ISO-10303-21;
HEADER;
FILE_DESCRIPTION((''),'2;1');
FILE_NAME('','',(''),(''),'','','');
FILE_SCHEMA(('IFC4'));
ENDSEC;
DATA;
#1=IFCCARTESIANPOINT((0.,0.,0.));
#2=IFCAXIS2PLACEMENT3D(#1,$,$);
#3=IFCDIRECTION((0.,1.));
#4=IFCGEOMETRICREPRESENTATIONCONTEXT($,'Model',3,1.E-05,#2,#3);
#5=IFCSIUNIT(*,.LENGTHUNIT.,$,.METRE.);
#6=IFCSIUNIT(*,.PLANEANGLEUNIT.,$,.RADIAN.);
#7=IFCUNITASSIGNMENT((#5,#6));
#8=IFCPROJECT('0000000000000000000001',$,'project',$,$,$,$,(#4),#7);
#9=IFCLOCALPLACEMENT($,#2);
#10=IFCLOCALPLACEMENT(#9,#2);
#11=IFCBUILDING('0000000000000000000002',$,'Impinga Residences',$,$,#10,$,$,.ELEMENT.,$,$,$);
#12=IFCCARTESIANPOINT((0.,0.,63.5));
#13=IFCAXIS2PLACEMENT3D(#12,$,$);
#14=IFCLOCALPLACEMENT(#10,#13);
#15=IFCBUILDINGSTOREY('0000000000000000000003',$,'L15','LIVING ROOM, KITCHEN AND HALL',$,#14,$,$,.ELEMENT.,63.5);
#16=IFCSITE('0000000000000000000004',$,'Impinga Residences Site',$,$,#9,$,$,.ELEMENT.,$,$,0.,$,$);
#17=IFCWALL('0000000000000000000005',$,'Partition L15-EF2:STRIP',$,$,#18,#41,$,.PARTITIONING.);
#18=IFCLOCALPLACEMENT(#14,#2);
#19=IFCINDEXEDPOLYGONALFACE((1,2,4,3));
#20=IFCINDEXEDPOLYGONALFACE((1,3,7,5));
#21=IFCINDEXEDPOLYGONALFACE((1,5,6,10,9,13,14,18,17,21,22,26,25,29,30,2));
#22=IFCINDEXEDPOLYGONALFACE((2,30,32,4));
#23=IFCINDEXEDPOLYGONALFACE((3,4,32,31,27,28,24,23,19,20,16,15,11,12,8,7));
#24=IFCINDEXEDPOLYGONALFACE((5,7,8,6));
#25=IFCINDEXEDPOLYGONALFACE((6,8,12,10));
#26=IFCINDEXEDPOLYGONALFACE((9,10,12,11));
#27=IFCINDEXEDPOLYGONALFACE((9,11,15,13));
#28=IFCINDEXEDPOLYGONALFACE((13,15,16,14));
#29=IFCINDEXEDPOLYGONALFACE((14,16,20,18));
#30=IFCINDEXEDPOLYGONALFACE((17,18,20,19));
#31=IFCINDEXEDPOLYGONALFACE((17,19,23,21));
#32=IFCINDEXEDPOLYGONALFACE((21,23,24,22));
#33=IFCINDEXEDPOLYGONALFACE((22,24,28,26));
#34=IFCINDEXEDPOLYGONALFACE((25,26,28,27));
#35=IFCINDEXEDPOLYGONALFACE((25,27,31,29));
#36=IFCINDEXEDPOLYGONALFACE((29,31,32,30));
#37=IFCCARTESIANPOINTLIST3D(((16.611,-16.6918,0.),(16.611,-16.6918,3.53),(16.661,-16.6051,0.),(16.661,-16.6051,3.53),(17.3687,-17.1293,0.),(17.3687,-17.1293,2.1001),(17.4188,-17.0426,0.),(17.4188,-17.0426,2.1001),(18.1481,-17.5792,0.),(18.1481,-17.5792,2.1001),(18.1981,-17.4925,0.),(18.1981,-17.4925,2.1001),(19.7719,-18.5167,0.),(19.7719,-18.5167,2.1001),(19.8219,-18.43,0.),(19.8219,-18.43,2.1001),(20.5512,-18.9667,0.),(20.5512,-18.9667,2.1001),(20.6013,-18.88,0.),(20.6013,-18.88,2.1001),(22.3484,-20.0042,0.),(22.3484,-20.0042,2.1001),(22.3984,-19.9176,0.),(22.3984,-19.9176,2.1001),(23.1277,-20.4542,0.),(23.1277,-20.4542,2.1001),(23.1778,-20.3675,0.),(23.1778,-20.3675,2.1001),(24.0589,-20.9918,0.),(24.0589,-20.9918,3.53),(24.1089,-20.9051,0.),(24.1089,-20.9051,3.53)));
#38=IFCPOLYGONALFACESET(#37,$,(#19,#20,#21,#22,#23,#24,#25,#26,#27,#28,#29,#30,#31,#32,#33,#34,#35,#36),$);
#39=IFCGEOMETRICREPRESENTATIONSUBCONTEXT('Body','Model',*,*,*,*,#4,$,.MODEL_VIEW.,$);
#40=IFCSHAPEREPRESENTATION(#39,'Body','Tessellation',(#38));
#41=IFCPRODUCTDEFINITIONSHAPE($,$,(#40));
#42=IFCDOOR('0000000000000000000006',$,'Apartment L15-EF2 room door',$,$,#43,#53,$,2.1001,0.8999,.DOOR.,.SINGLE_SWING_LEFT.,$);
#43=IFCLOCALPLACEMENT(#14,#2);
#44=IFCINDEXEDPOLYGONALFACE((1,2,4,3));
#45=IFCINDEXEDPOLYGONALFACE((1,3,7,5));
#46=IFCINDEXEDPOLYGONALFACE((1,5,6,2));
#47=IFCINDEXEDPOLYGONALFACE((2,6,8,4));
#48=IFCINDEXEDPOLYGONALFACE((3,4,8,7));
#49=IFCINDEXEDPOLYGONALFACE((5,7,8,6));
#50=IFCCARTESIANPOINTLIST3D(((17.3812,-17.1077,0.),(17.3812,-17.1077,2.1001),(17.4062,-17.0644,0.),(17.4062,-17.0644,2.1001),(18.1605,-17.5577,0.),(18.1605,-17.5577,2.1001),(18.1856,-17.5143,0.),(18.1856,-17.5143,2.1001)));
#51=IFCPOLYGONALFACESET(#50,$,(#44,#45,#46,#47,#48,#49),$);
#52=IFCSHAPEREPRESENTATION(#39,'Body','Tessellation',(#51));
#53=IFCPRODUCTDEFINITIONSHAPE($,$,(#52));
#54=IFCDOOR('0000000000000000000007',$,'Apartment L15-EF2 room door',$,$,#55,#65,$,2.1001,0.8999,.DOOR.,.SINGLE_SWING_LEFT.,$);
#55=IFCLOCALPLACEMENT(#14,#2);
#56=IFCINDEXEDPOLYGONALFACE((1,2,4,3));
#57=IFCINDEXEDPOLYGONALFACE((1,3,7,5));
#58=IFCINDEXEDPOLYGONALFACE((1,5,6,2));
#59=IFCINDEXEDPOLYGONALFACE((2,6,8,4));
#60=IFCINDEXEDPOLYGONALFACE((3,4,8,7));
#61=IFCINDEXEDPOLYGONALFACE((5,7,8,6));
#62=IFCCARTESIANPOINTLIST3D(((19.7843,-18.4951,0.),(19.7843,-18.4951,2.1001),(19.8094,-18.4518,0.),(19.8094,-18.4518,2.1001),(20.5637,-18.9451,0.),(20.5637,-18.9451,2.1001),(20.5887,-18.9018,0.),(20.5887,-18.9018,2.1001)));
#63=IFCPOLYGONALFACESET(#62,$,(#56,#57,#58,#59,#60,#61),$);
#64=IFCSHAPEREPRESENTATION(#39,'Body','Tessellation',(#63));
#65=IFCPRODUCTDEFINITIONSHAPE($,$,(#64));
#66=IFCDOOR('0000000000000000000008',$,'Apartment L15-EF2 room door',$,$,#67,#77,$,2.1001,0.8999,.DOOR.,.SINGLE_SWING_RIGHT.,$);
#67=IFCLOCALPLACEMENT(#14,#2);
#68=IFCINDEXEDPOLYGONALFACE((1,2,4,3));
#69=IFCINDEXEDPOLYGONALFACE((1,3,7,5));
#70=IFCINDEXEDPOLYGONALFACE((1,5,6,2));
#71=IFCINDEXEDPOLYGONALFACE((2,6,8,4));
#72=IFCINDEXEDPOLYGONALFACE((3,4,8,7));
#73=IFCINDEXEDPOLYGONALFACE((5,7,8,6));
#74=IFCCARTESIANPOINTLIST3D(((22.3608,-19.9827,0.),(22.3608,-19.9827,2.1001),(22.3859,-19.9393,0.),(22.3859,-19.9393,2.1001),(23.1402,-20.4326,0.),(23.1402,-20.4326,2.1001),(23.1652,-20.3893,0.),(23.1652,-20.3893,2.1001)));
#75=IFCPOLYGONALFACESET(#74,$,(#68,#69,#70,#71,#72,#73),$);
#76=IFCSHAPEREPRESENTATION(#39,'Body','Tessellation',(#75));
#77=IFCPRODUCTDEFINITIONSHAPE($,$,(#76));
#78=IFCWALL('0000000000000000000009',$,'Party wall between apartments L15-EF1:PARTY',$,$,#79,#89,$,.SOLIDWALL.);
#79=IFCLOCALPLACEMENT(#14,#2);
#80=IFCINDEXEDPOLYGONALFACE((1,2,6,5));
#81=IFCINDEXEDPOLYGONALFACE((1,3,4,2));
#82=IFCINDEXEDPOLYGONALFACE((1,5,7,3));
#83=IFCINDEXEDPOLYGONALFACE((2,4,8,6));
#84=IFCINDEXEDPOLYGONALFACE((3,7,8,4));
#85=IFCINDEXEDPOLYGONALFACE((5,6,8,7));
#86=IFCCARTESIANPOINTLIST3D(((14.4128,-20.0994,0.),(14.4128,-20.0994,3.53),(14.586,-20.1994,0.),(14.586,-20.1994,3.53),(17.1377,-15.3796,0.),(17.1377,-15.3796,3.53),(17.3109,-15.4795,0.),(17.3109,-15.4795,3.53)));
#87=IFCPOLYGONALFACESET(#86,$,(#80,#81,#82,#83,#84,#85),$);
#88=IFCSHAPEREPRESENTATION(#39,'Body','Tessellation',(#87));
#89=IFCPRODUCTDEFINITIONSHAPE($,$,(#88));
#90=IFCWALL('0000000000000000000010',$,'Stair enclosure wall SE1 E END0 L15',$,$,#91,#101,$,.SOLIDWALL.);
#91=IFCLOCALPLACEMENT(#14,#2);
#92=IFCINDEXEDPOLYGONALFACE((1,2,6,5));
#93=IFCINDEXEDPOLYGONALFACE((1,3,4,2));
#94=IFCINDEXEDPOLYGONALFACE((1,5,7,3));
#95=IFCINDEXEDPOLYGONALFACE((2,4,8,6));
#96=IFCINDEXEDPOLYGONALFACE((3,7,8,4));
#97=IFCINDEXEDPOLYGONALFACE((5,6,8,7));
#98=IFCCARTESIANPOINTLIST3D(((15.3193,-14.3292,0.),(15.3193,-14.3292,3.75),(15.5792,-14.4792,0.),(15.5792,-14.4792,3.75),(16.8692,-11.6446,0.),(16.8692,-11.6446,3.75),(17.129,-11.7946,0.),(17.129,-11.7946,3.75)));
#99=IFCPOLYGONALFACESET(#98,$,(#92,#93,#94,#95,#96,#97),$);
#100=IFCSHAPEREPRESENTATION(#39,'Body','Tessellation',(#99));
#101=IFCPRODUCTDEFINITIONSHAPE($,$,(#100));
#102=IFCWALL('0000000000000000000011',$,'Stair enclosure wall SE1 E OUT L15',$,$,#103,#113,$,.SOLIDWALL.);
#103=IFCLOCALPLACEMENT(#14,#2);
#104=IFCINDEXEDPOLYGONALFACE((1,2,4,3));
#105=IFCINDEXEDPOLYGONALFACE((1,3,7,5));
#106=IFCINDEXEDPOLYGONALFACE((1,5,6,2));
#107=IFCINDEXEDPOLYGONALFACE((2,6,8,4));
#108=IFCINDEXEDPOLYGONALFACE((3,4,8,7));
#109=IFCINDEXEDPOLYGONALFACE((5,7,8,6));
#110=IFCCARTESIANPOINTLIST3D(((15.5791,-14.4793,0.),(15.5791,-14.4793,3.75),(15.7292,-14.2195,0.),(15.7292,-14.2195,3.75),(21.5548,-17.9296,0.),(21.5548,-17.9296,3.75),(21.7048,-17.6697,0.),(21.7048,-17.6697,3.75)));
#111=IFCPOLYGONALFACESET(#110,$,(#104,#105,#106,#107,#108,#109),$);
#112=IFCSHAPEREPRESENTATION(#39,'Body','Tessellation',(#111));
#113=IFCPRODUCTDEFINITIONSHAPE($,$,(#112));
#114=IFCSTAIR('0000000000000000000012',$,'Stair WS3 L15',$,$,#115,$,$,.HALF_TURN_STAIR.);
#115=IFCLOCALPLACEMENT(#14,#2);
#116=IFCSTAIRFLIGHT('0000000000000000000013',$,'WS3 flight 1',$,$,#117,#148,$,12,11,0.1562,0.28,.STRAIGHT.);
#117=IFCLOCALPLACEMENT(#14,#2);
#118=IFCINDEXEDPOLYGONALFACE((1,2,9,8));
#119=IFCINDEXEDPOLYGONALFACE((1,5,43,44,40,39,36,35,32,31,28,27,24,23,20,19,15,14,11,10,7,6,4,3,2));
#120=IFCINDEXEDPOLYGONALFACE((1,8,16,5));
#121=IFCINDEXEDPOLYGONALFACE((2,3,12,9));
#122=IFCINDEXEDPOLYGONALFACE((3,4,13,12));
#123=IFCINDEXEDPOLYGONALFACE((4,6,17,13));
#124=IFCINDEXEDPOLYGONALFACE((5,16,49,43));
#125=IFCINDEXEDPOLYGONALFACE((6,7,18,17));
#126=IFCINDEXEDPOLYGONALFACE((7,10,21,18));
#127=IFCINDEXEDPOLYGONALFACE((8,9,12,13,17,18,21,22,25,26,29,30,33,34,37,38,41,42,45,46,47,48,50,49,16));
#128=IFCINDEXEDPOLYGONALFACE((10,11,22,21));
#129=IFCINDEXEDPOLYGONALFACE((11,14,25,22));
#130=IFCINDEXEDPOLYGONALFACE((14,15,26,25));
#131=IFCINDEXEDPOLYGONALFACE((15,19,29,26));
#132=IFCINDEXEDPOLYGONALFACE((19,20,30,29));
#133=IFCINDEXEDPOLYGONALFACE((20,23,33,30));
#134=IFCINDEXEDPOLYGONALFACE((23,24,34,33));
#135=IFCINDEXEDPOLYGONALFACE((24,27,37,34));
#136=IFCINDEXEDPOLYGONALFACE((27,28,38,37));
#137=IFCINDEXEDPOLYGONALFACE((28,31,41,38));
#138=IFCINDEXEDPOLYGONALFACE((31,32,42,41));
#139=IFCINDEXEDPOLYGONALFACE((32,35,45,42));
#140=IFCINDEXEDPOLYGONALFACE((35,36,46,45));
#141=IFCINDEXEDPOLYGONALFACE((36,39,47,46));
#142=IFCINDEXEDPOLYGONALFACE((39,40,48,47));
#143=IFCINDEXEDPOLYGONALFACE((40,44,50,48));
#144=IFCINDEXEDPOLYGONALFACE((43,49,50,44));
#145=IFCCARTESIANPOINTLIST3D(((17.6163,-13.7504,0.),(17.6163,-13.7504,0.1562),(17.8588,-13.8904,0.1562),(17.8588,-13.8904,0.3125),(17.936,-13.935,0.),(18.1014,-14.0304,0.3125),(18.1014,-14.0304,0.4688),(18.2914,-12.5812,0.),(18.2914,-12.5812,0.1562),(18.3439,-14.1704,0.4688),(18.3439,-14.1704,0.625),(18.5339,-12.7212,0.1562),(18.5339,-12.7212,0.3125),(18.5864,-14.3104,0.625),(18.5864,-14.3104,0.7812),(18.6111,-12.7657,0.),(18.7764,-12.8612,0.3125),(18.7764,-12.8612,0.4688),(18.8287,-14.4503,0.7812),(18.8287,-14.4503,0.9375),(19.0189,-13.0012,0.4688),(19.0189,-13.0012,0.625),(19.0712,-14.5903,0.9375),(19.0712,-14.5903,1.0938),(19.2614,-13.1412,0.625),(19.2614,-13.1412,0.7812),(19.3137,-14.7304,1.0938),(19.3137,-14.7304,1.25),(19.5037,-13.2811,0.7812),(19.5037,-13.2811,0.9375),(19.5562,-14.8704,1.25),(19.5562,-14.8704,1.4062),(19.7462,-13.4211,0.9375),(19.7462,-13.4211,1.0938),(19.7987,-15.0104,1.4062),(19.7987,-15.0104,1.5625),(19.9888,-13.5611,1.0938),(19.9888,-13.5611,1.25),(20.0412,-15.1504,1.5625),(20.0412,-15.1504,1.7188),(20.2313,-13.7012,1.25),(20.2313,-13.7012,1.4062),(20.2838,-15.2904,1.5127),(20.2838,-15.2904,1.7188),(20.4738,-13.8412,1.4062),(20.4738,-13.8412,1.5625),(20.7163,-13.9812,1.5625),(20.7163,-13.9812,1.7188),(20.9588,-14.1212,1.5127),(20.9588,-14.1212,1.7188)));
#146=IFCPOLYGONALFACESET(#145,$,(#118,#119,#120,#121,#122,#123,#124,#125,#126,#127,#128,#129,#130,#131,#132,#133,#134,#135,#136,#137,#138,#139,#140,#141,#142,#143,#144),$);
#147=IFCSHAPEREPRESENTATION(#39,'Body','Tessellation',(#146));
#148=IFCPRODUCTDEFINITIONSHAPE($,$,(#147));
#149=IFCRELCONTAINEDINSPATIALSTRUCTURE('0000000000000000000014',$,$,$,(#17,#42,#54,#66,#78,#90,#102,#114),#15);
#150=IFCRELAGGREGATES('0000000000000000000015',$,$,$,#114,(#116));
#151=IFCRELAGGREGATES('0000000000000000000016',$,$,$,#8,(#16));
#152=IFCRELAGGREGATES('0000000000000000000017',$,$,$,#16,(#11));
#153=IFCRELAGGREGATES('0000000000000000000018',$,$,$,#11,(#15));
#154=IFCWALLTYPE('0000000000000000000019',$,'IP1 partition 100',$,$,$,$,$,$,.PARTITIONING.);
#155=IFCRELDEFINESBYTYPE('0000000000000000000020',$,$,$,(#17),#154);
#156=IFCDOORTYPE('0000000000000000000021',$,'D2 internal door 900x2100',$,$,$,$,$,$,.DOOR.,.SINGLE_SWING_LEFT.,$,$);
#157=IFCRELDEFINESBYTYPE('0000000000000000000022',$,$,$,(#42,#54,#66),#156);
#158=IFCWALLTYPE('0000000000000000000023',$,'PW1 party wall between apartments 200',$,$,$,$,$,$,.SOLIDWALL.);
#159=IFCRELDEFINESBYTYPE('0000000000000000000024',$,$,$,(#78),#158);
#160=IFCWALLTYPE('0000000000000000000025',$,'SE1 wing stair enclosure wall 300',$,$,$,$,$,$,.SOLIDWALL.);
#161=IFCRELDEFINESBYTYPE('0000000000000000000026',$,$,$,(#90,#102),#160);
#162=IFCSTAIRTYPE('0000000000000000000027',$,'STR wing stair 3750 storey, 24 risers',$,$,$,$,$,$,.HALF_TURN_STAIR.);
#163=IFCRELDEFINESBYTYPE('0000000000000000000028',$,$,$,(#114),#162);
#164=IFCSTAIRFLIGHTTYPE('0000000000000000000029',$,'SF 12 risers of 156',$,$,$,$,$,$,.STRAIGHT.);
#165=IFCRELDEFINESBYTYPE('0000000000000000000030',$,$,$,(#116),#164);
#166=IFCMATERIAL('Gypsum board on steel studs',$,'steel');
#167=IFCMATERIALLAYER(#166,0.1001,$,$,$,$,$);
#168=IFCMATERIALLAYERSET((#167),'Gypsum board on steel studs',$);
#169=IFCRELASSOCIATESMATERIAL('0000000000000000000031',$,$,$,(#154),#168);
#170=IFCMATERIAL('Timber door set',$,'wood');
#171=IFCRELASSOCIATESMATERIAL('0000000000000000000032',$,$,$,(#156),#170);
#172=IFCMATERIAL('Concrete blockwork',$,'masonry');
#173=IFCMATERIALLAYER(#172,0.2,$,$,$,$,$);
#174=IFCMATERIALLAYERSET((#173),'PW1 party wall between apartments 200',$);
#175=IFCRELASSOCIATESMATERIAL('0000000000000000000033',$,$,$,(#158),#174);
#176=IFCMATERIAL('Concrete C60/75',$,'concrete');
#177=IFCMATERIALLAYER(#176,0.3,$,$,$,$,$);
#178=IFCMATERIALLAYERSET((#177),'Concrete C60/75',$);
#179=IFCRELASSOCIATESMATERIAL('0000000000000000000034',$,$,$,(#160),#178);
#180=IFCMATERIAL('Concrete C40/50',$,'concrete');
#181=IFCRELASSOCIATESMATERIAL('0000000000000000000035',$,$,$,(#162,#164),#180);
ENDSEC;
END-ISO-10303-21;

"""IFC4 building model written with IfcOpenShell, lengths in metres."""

from ifc_helpers import new_model, si_unit, direction, frame, frame_2d, origin, place, context, subcontext, project, spatial, polyline, rectangle, outline, extrude, material, layer, layer_set, type_object, element, fill, aggregate, save


model = new_model("IFC4")

# Units and contexts
model_context = context("Model", 3, precision=1e-05, world=origin(), true_north=direction((0.0, 1.0)))
body_context = subcontext(model_context, "Body", "Model", "MODEL_VIEW")
ifc_project = project(units=[si_unit("LENGTHUNIT", "METRE"), si_unit("PLANEANGLEUNIT", "RADIAN")], contexts=[model_context])

# Site, building, storey
site_placement = place(None, origin())
site = spatial("IfcSite", under=ifc_project, at=site_placement, Name="Impinga Residences Site", CompositionType="ELEMENT", RefElevation=0.0)
building_placement = place(site_placement, origin())
building = spatial("IfcBuilding", under=site, at=building_placement, Name="Impinga Residences", CompositionType="ELEMENT")
storey_placement = place(building_placement, frame((0.0, 0.0, 63.5)))
storey = spatial("IfcBuildingStorey", under=building, at=storey_placement, Name="L15", Description="LIVING ROOM, KITCHEN AND HALL", CompositionType="ELEMENT", Elevation=63.5)

# Shared definitions
ifc_material_1 = material(Name="Concrete C60/75", Category="concrete")

# Shared definitions
ifc_material_2 = material(Name="Gypsum board on steel studs", Category="steel")
ifc_layer_1 = layer(ifc_material_2, 0.1001)
ifc_layer_set_1 = layer_set([ifc_layer_1], Name="Gypsum board on steel studs")
wall_type_1 = type_object("IfcWallType", Name="IP1 partition 100", PredefinedType="PARTITIONING", material=ifc_layer_set_1)

# Shared definitions
ifc_material_3 = material(Name="Timber door set", Category="wood")
door_type = type_object("IfcDoorType", Name="D2 internal door 900x2100", OperationType="SINGLE_SWING_LEFT", PredefinedType="DOOR", material=ifc_material_3)

# Wall, openings, doors
wall_1_placement = place(storey_placement, frame((16.636, -16.6484, 0.0), z_axis=(0.0, 0.0, 1.0), x_axis=(0.866028, -0.499995, 0.0)))
wall_1 = element("IfcWall", 1, at=wall_1_placement, inside=storey, type_object=wall_type_1, Name="Partition L15-EF2:STRIP", PredefinedType="PARTITIONING", context=body_context, shape_type="SweptSolid", body=[
    extrude(rectangle(XDim=8.6001, YDim=0.1001, at=frame_2d((4.3, 0.0))), origin(), (0.0, 0.0, 1.0), 3.53),
])
opening_1_placement = place(wall_1_placement, frame((0.875, 0.0, 0.0)))
opening_1 = element("IfcOpeningElement", 2, at=opening_1_placement, cuts=wall_1, PredefinedType="OPENING", context=body_context, shape_type="SweptSolid", body=[
    extrude(rectangle(XDim=0.8999, YDim=2.1001, at=frame_2d((0.45, 1.05))), frame((0.0, 0.0601, 0.0), z_axis=(0.0, -1.0, 0.0), x_axis=(1.0, 0.0, 0.0)), (0.0, 0.0, 1.0), 0.1201),
])
opening_2_placement = place(wall_1_placement, frame((3.6499, 0.0, 0.0)))
opening_2 = element("IfcOpeningElement", 3, at=opening_2_placement, cuts=wall_1, PredefinedType="OPENING", context=body_context, shape_type="SweptSolid", body=[
    extrude(rectangle(XDim=0.8999, YDim=2.1001, at=frame_2d((0.45, 1.05))), frame((0.0, 0.0601, 0.0), z_axis=(0.0, -1.0, 0.0), x_axis=(1.0, 0.0, 0.0)), (0.0, 0.0, 1.0), 0.1201),
])
opening_3_placement = place(wall_1_placement, frame((6.625, 0.0, 0.0)))
opening_3 = element("IfcOpeningElement", 4, at=opening_3_placement, cuts=wall_1, PredefinedType="OPENING", context=body_context, shape_type="SweptSolid", body=[
    extrude(rectangle(XDim=0.8999, YDim=2.1001, at=frame_2d((0.45, 1.05))), frame((0.0, 0.0601, 0.0), z_axis=(0.0, -1.0, 0.0), x_axis=(1.0, 0.0, 0.0)), (0.0, 0.0, 1.0), 0.1201),
])
door_1_placement = place(opening_1_placement, origin())
door_1 = element("IfcDoor", 5, at=door_1_placement, inside=storey, type_object=door_type, Name="Apartment L15-EF2 room door", OperationType="SINGLE_SWING_LEFT", OverallHeight=2.1001, OverallWidth=0.8999, PredefinedType="DOOR", context=body_context, shape_type="SweptSolid", body=[
    extrude(rectangle(XDim=0.8999, YDim=2.1001, at=frame_2d((0.45, 1.05))), frame((0.0, 0.0249, 0.0), z_axis=(0.0, -1.0, 0.0), x_axis=(1.0, 0.0, 0.0)), (0.0, 0.0, 1.0), 0.05),
])
fill(opening_1, door_1)
door_2_placement = place(opening_2_placement, origin())
door_2 = element("IfcDoor", 6, at=door_2_placement, inside=storey, type_object=door_type, Name="Apartment L15-EF2 room door", OperationType="SINGLE_SWING_LEFT", OverallHeight=2.1001, OverallWidth=0.8999, PredefinedType="DOOR", context=body_context, shape_type="SweptSolid", body=[
    extrude(rectangle(XDim=0.8999, YDim=2.1001, at=frame_2d((0.45, 1.05))), frame((0.0, 0.0249, 0.0), z_axis=(0.0, -1.0, 0.0), x_axis=(1.0, 0.0, 0.0)), (0.0, 0.0, 1.0), 0.05),
])
fill(opening_2, door_2)
door_3_placement = place(opening_3_placement, origin())
door_3 = element("IfcDoor", 7, at=door_3_placement, inside=storey, type_object=door_type, Name="Apartment L15-EF2 room door", OperationType="SINGLE_SWING_RIGHT", OverallHeight=2.1001, OverallWidth=0.8999, PredefinedType="DOOR", context=body_context, shape_type="SweptSolid", body=[
    extrude(rectangle(XDim=0.8999, YDim=2.1001, at=frame_2d((0.45, 1.05))), frame((0.0, 0.0249, 0.0), z_axis=(0.0, -1.0, 0.0), x_axis=(1.0, 0.0, 0.0)), (0.0, 0.0, 1.0), 0.05),
])
fill(opening_3, door_3)

# Walls
ifc_material_4 = material(Name="Concrete blockwork", Category="masonry")
ifc_layer_2 = layer(ifc_material_4, 0.2)
ifc_layer_set_2 = layer_set([ifc_layer_2], Name="PW1 party wall between apartments 200")
wall_type_2 = type_object("IfcWallType", Name="PW1 party wall between apartments 200", PredefinedType="SOLIDWALL", material=ifc_layer_set_2)
wall_2_placement = place(storey_placement, frame((17.2244, -15.4294, 0.0), z_axis=(0.0, 0.0, 1.0), x_axis=(-0.499989, -0.866032, 0.0)))
element("IfcWall", 8, at=wall_2_placement, inside=storey, type_object=wall_type_2, Name="Party wall between apartments L15-EF1:PARTY", PredefinedType="SOLIDWALL", context=body_context, shape_type="SweptSolid", body=[
    extrude(rectangle(XDim=5.45, YDim=0.2, at=frame_2d((2.7251, 0.0))), origin(), (0.0, 0.0, 1.0), 3.53),
])
ifc_layer_3 = layer(ifc_material_1, 0.3)
ifc_layer_set_3 = layer_set([ifc_layer_3], Name="Concrete C60/75")
wall_type_3 = type_object("IfcWallType", Name="SE1 wing stair enclosure wall 300", PredefinedType="SOLIDWALL", material=ifc_layer_set_3)
wall_3_placement = place(storey_placement, frame((16.999, -11.7197, 0.0), z_axis=(0.0, 0.0, 1.0), x_axis=(-0.499968, -0.866044, 0.0)))
element("IfcWall", 9, at=wall_3_placement, inside=storey, type_object=wall_type_3, Name="Stair enclosure wall SE1 E END0 L15", PredefinedType="SOLIDWALL", context=body_context, shape_type="SweptSolid", body=[
    extrude(rectangle(XDim=3.0999, YDim=0.3, at=frame_2d((1.5498, 0.0))), origin(), (0.0, 0.0, 1.0), 3.75),
])
wall_4_placement = place(storey_placement, frame((15.6541, -14.3494, 0.0), z_axis=(0.0, 0.0, 1.0), x_axis=(0.866014, -0.500021, 0.0)))
element("IfcWall", 10, at=wall_4_placement, inside=storey, type_object=wall_type_3, Name="Stair enclosure wall SE1 E OUT L15", PredefinedType="SOLIDWALL", context=body_context, shape_type="SweptSolid", body=[
    extrude(rectangle(XDim=6.9001, YDim=0.3, at=frame_2d((3.4502, 0.0))), origin(), (0.0, 0.0, 1.0), 3.75),
])

# Stair, stair flight
ifc_material_5 = material(Name="Concrete C40/50", Category="concrete")
stair_type = type_object("IfcStairType", Name="STR wing stair 3750 storey, 24 risers", PredefinedType="HALF_TURN_STAIR", material=ifc_material_5)
stair_placement = place(storey_placement, origin())
stair = element("IfcStair", 11, at=stair_placement, inside=storey, type_object=stair_type, Name="Stair WS3 L15", PredefinedType="HALF_TURN_STAIR")
stair_flight_type = type_object("IfcStairFlightType", Name="SF 12 risers of 156", PredefinedType="STRAIGHT", material=ifc_material_5)
stair_flight_placement = place(storey_placement, frame((17.9539, -13.1658, 0.0), z_axis=(0.0, 0.0, 1.0), x_axis=(0.866025, -0.5, 0.0)))
stair_flight = element("IfcStairFlight", 12, at=stair_flight_placement, type_object=stair_flight_type, Name="WS3 flight 1", NumberOfRisers=12, NumberOfTreads=11, PredefinedType="STRAIGHT", RiserHeight=0.1562, TreadLength=0.28, context=body_context, shape_type="SweptSolid", body=[
    extrude(outline(polyline([(0.0, 0.0), (0.0, 0.1562), (0.28, 0.1562), (0.28, 0.3125), (0.5601, 0.3125), (0.5601, 0.4688), (0.8401, 0.4688), (0.8401, 0.625), (1.1201, 0.625), (1.1201, 0.7812), (1.3999, 0.7812), (1.3999, 0.9375), (1.6799, 0.9375), (1.6799, 1.0938), (1.96, 1.0938), (1.96, 1.25), (2.24, 1.25), (2.24, 1.4062), (2.52, 1.4062), (2.52, 1.5625), (2.8, 1.5625), (2.8, 1.7188), (3.0801, 1.7188), (3.0801, 1.875), (3.0801, 1.5127), (0.3691, 0.0), (0.0, 0.0)])), frame((0.0, 0.675, 0.0), z_axis=(0.0, -1.0, 0.0), x_axis=(1.0, 0.0, 0.0)), (0.0, 0.0, 1.0), 1.3501),
])
aggregate(stair, [stair_flight])

save(model, "model.ifc")
